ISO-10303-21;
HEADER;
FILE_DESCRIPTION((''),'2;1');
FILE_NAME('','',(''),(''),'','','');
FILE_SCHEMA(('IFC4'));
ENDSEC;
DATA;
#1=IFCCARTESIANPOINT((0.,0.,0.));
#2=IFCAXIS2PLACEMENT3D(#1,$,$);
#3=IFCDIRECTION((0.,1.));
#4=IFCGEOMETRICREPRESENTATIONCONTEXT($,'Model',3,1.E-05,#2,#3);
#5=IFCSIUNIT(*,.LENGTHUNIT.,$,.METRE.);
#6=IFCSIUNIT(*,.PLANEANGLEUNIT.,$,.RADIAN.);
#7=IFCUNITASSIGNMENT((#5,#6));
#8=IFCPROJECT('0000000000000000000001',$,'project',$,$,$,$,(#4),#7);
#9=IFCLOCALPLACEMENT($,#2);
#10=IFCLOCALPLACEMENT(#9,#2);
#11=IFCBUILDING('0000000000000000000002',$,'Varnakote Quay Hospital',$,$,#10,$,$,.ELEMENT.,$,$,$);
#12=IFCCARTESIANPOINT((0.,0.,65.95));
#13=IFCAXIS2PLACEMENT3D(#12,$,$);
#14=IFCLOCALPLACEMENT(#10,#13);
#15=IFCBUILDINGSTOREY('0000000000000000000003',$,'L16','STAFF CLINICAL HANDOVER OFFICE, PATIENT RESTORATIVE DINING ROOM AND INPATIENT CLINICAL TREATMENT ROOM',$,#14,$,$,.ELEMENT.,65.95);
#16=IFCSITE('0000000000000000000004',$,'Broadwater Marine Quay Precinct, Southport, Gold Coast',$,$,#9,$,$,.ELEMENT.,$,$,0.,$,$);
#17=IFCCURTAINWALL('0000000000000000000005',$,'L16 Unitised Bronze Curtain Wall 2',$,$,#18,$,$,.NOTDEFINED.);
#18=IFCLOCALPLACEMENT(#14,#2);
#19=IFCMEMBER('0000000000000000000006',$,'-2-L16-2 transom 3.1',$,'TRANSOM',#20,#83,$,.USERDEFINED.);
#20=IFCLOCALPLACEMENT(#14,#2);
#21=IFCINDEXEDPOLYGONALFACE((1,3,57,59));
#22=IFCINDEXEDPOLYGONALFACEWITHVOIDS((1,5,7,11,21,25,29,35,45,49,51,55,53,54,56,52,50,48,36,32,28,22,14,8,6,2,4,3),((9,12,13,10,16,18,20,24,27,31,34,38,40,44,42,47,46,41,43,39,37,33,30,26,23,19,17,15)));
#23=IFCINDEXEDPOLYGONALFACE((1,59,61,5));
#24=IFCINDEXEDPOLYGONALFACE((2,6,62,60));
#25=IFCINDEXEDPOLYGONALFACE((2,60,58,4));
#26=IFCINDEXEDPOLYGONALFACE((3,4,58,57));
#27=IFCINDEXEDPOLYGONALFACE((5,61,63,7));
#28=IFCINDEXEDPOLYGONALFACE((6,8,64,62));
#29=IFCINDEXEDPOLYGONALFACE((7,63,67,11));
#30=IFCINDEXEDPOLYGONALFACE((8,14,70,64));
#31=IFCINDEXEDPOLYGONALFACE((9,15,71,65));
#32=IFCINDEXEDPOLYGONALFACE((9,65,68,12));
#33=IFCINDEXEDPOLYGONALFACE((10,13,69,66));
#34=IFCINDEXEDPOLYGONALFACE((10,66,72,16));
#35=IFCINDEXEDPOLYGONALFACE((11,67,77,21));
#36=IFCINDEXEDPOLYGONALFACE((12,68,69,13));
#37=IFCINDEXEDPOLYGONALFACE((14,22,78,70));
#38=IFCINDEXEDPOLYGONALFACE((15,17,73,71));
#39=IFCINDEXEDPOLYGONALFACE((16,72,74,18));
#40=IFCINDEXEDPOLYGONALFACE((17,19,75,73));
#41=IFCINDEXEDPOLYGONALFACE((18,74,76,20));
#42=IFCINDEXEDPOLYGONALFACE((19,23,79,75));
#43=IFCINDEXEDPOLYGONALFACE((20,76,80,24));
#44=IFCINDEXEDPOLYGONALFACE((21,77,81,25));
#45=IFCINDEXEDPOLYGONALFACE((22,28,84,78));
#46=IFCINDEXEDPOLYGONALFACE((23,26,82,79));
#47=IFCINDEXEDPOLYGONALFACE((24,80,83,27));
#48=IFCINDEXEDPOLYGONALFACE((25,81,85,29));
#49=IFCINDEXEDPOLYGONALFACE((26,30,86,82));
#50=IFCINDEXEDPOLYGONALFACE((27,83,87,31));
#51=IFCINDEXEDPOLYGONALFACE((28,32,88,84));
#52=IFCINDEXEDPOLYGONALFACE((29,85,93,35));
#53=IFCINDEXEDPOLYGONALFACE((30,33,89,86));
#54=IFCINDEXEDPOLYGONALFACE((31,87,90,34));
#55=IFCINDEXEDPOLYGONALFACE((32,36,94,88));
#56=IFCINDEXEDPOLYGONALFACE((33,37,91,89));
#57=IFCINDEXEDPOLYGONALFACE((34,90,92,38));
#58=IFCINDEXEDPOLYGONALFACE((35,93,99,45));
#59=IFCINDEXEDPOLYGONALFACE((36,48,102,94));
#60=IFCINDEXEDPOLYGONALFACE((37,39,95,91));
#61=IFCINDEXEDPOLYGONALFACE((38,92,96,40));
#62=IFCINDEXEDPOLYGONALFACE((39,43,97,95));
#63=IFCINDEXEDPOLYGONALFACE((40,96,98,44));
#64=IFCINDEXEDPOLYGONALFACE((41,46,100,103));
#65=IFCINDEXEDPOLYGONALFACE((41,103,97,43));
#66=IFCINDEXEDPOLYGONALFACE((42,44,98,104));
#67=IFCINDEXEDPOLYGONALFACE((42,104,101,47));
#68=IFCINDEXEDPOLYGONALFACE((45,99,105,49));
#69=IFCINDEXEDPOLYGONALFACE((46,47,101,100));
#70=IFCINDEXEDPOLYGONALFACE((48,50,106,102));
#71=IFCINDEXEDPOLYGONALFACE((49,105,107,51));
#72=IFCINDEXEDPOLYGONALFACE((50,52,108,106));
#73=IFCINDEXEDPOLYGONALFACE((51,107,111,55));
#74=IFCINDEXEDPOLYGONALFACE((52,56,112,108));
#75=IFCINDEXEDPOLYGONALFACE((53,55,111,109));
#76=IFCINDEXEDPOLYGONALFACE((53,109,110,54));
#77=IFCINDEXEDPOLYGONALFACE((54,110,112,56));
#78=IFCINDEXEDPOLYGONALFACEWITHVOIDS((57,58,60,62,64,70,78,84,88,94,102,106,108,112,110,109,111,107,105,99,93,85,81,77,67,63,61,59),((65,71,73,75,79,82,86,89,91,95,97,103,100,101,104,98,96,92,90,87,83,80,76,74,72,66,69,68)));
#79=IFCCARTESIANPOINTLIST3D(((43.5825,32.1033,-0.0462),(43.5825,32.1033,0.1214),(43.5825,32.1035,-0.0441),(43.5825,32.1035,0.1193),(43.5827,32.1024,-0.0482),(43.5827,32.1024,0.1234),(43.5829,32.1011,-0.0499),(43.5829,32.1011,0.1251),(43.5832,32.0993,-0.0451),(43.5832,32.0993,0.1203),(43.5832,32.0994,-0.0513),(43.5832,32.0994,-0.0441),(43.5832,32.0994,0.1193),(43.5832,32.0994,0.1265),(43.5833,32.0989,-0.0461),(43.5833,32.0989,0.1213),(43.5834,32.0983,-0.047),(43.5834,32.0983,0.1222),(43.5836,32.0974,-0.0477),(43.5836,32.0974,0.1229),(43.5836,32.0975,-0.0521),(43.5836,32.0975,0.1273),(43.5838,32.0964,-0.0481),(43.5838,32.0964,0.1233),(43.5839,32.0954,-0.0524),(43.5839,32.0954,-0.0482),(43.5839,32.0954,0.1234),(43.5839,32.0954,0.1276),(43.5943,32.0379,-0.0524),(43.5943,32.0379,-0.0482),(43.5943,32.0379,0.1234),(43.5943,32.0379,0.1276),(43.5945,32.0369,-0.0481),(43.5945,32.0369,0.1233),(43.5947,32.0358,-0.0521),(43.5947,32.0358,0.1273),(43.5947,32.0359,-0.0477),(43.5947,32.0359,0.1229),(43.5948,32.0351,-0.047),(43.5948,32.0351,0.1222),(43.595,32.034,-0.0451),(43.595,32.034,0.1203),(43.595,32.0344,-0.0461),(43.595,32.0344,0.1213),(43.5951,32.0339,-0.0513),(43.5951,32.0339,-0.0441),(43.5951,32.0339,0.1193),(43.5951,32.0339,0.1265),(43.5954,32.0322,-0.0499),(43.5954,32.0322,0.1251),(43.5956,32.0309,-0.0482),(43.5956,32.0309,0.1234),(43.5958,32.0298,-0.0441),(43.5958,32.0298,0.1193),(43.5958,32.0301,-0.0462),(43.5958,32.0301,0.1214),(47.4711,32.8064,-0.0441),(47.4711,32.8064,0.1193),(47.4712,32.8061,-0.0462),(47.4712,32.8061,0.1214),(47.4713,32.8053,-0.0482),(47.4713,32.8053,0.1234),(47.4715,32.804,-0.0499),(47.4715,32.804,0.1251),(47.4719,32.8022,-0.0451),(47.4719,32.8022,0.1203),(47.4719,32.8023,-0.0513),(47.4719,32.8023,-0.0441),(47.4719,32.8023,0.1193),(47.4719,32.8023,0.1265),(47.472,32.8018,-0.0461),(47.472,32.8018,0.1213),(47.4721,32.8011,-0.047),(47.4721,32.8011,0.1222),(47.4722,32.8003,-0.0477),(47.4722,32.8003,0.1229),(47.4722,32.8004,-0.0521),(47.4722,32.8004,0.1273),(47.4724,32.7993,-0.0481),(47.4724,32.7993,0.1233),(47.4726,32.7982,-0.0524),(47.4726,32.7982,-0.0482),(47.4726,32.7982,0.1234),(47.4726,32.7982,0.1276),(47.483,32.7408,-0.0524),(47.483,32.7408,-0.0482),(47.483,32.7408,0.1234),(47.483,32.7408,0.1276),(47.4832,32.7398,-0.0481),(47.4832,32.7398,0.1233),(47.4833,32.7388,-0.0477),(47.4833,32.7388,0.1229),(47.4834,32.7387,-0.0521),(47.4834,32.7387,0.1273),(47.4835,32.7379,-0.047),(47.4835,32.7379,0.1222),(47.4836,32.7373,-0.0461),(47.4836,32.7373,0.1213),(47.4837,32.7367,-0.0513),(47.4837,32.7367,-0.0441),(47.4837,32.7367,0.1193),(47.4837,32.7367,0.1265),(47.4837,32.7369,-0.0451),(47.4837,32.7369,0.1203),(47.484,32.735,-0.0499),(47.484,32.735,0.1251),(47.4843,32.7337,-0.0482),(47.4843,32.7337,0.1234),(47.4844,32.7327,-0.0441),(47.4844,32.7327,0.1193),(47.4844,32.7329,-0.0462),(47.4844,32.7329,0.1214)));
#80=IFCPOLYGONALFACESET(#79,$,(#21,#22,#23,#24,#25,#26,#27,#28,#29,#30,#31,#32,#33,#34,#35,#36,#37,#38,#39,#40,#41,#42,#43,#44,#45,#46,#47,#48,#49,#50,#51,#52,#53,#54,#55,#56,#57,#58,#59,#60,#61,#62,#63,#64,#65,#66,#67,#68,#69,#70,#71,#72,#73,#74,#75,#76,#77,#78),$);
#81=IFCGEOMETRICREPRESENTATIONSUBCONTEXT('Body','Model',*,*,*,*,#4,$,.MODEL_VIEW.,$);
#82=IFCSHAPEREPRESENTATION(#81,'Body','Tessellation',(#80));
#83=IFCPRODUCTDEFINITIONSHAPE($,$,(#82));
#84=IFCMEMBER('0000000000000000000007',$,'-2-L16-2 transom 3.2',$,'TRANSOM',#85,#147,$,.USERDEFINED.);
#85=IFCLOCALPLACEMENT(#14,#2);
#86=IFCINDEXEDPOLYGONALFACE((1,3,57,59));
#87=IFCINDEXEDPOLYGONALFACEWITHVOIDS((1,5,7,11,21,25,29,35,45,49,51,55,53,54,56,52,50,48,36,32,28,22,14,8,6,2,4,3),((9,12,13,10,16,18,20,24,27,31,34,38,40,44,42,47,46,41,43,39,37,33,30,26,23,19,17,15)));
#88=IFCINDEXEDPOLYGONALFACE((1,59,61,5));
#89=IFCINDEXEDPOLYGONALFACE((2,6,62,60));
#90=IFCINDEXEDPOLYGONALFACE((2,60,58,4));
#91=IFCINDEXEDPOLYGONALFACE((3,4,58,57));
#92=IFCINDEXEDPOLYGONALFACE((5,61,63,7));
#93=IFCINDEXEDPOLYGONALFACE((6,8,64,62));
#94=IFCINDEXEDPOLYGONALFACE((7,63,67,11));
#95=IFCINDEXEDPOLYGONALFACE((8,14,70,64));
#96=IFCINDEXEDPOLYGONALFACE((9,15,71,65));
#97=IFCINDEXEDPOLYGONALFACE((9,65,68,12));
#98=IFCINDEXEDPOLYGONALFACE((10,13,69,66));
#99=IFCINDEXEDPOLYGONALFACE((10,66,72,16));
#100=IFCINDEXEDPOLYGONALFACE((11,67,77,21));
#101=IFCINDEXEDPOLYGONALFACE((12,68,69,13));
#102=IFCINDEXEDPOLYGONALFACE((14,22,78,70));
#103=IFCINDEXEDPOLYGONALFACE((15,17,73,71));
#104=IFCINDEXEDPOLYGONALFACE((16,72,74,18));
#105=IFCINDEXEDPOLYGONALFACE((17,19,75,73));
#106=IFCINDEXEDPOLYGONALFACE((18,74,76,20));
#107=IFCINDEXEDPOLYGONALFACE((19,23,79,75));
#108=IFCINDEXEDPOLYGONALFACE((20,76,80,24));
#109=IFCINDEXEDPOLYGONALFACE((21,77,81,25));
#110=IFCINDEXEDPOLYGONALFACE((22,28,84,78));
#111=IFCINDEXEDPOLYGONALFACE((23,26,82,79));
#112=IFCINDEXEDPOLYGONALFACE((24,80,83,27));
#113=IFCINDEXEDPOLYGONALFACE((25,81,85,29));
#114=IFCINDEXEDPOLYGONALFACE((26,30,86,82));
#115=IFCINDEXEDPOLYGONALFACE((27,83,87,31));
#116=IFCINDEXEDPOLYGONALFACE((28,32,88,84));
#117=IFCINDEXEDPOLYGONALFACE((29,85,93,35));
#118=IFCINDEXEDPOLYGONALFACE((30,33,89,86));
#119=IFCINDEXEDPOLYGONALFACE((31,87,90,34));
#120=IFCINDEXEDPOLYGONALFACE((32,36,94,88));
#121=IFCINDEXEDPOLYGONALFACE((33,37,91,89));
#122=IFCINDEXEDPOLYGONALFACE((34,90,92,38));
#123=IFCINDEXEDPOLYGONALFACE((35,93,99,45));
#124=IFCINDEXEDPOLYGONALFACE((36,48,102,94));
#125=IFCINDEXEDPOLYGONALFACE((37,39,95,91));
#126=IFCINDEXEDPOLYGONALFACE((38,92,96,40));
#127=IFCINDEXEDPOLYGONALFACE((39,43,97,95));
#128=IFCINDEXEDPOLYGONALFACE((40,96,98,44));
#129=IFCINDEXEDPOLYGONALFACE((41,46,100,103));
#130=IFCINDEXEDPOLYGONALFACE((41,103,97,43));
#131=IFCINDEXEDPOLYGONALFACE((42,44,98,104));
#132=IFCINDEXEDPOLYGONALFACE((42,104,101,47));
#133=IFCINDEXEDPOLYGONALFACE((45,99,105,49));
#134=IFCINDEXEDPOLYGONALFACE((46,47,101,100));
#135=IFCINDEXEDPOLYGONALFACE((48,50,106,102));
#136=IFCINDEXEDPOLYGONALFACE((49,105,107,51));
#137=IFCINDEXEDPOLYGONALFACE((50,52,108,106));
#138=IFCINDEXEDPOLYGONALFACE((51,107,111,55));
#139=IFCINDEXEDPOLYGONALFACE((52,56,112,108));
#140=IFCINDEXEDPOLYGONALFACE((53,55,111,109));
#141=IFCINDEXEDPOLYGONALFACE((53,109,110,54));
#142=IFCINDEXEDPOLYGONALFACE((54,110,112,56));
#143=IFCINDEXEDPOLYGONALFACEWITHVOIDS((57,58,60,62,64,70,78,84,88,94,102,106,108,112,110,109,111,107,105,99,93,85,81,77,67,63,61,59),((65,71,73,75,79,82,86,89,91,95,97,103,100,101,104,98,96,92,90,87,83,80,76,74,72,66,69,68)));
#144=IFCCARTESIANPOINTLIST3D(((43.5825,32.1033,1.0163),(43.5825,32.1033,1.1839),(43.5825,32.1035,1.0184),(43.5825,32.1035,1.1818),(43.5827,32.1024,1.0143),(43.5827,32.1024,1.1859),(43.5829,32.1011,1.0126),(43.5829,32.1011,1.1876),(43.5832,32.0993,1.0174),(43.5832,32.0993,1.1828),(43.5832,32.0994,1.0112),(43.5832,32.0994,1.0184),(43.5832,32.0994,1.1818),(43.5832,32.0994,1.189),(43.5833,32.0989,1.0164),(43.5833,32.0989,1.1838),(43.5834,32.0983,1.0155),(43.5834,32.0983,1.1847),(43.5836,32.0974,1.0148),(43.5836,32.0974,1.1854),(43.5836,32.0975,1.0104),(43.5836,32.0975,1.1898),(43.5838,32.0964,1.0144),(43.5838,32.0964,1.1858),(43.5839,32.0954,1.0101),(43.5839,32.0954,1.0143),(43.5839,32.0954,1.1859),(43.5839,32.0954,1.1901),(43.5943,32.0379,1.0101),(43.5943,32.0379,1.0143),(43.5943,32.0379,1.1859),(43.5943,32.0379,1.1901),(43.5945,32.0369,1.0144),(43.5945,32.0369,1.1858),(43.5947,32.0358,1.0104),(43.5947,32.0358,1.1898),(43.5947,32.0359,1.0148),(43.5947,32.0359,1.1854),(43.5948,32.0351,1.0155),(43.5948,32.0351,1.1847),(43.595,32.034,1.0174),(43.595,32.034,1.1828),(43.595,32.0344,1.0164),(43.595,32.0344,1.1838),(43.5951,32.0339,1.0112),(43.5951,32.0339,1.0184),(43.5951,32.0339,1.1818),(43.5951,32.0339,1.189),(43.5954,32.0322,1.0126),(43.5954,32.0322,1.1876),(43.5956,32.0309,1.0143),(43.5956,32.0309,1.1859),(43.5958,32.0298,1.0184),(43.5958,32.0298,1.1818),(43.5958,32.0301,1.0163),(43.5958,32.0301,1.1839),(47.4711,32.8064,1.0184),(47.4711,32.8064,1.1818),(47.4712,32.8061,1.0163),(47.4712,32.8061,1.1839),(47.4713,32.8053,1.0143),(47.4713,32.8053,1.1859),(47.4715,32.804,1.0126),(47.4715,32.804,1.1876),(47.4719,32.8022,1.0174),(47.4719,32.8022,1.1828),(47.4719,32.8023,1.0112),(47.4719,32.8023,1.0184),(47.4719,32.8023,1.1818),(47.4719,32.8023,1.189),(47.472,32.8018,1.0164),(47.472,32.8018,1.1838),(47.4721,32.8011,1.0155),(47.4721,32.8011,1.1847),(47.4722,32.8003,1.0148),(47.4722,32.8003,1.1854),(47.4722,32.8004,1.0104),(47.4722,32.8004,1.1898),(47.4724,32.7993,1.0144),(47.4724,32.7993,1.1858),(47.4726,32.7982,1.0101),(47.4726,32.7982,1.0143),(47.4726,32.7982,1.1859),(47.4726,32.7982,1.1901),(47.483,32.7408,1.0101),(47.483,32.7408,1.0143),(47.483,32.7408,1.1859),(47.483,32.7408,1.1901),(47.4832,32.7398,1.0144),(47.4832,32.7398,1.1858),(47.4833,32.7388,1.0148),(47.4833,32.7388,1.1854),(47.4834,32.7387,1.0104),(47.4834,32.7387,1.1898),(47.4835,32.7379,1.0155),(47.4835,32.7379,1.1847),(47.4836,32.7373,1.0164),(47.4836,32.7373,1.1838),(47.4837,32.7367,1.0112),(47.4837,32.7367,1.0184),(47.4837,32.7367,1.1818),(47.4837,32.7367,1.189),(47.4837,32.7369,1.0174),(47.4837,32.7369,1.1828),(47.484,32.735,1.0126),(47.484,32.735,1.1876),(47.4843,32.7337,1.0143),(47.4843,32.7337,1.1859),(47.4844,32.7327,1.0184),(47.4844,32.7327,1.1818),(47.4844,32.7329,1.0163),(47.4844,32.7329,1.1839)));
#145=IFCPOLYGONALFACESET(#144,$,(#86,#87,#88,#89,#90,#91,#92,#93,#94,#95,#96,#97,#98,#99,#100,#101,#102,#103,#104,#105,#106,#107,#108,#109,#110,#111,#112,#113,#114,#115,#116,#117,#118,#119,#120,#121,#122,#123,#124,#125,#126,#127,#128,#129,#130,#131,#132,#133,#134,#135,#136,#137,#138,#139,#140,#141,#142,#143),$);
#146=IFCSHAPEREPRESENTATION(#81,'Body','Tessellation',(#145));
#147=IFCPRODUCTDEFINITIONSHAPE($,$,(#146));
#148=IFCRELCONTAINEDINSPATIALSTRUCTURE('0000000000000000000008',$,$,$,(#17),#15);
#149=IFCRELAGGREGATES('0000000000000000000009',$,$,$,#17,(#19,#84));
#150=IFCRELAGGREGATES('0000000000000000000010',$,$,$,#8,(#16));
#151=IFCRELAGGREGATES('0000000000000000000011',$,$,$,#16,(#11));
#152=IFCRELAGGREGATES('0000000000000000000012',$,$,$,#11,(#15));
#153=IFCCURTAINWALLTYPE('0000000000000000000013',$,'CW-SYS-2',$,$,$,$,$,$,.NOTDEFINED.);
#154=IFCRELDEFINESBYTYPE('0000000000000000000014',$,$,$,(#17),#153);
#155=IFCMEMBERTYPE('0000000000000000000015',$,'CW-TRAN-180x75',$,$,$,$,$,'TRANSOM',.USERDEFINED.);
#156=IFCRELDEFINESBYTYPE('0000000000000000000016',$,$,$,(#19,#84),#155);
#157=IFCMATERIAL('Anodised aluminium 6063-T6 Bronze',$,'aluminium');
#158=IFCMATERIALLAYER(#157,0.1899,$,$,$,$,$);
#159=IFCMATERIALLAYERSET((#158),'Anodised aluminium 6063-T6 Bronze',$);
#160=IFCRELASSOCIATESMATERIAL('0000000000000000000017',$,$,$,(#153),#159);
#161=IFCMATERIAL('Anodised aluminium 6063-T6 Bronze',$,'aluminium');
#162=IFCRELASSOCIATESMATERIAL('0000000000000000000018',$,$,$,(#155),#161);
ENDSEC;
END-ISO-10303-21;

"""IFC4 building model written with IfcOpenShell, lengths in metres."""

from ifc_helpers import new_model, si_unit, direction, frame, origin, origin_2d, place, context, subcontext, project, spatial, hollow_rectangle, extrude, material, layer, layer_set, material_profile, profile_set, type_object, element, aggregate, save


model = new_model("IFC4")

# Units and contexts
model_context = context("Model", 3, precision=1e-05, world=origin(), true_north=direction((0.0, 1.0)))
body_context = subcontext(model_context, "Body", "Model", "MODEL_VIEW")
ifc_project = project(units=[si_unit("LENGTHUNIT", "METRE"), si_unit("PLANEANGLEUNIT", "RADIAN")], contexts=[model_context])

# Site, building, storey
site_placement = place(None, origin())
site = spatial("IfcSite", under=ifc_project, at=site_placement, Name="Broadwater Marine Quay Precinct, Southport, Gold Coast", CompositionType="ELEMENT", RefElevation=0.0)
building_placement = place(site_placement, origin())
building = spatial("IfcBuilding", under=site, at=building_placement, Name="Varnakote Quay Hospital", CompositionType="ELEMENT")
storey_placement = place(building_placement, frame((0.0, 0.0, 65.95)))
storey = spatial("IfcBuildingStorey", under=building, at=storey_placement, Name="L16", Description="STAFF CLINICAL HANDOVER OFFICE, PATIENT RESTORATIVE DINING ROOM AND INPATIENT CLINICAL TREATMENT ROOM", CompositionType="ELEMENT", Elevation=65.95)

# Curtain wall, members
ifc_material_1 = material(Name="Anodised aluminium 6063-T6 Bronze", Category="aluminium")
ifc_layer_1 = layer(ifc_material_1, 0.1899)
ifc_layer_set_1 = layer_set([ifc_layer_1], Name="Anodised aluminium 6063-T6 Bronze")
curtain_wall_type = type_object("IfcCurtainWallType", Name="CW-SYS-2", PredefinedType="NOTDEFINED", material=ifc_layer_set_1)
curtain_wall_placement = place(storey_placement, origin())
curtain_wall = element("IfcCurtainWall", 1, at=curtain_wall_placement, inside=storey, type_object=curtain_wall_type, Name="L16 Unitised Bronze Curtain Wall 2", PredefinedType="NOTDEFINED")
ifc_material_2 = material(Name="Anodised aluminium 6063-T6 Bronze", Category="aluminium")
ifc_material_profile_1 = material_profile(ifc_material_2, hollow_rectangle(XDim=0.075, YDim=0.1799, WallThickness=0.0042, InnerFilletRadius=0.0042, OuterFilletRadius=0.0083, at=origin_2d()), Name="CW-TRAN-180x75")
ifc_profile_set_1 = profile_set([ifc_material_profile_1], Name="Anodised aluminium 6063-T6 Bronze")
member_type_1 = type_object("IfcMemberType", Name="CW-TRAN-180x75", ElementType="TRANSOM", PredefinedType="USERDEFINED", material=ifc_profile_set_1)
member_1_placement = place(storey_placement, frame((47.4778, 32.7695, 0.0376), z_axis=(-0.984054, -0.177869, 0.0), x_axis=(0.177869, -0.984054, 0.0)))
member_1 = element("IfcMember", 2, at=member_1_placement, type_object=member_type_1, Name="-2-L16-2 transom 3.1", ObjectType="TRANSOM", PredefinedType="USERDEFINED", context=body_context, shape_type="SweptSolid", body=[
    extrude(hollow_rectangle(XDim=0.075, YDim=0.1799, WallThickness=0.0042, InnerFilletRadius=0.0042, OuterFilletRadius=0.0083, at=origin_2d()), origin(), (0.0, 0.0, 1.0), 3.9517),
])
member_2_placement = place(storey_placement, frame((47.4778, 32.7695, 1.1001), z_axis=(-0.984054, -0.177869, 0.0), x_axis=(0.177869, -0.984054, 0.0)))
member_2 = element("IfcMember", 3, at=member_2_placement, type_object=member_type_1, Name="-2-L16-2 transom 3.2", ObjectType="TRANSOM", PredefinedType="USERDEFINED", context=body_context, shape_type="SweptSolid", body=[
    extrude(hollow_rectangle(XDim=0.075, YDim=0.1799, WallThickness=0.0042, InnerFilletRadius=0.0042, OuterFilletRadius=0.0083, at=origin_2d()), origin(), (0.0, 0.0, 1.0), 3.9517),
])
aggregate(curtain_wall, [member_1, member_2])

save(model, "model.ifc")
